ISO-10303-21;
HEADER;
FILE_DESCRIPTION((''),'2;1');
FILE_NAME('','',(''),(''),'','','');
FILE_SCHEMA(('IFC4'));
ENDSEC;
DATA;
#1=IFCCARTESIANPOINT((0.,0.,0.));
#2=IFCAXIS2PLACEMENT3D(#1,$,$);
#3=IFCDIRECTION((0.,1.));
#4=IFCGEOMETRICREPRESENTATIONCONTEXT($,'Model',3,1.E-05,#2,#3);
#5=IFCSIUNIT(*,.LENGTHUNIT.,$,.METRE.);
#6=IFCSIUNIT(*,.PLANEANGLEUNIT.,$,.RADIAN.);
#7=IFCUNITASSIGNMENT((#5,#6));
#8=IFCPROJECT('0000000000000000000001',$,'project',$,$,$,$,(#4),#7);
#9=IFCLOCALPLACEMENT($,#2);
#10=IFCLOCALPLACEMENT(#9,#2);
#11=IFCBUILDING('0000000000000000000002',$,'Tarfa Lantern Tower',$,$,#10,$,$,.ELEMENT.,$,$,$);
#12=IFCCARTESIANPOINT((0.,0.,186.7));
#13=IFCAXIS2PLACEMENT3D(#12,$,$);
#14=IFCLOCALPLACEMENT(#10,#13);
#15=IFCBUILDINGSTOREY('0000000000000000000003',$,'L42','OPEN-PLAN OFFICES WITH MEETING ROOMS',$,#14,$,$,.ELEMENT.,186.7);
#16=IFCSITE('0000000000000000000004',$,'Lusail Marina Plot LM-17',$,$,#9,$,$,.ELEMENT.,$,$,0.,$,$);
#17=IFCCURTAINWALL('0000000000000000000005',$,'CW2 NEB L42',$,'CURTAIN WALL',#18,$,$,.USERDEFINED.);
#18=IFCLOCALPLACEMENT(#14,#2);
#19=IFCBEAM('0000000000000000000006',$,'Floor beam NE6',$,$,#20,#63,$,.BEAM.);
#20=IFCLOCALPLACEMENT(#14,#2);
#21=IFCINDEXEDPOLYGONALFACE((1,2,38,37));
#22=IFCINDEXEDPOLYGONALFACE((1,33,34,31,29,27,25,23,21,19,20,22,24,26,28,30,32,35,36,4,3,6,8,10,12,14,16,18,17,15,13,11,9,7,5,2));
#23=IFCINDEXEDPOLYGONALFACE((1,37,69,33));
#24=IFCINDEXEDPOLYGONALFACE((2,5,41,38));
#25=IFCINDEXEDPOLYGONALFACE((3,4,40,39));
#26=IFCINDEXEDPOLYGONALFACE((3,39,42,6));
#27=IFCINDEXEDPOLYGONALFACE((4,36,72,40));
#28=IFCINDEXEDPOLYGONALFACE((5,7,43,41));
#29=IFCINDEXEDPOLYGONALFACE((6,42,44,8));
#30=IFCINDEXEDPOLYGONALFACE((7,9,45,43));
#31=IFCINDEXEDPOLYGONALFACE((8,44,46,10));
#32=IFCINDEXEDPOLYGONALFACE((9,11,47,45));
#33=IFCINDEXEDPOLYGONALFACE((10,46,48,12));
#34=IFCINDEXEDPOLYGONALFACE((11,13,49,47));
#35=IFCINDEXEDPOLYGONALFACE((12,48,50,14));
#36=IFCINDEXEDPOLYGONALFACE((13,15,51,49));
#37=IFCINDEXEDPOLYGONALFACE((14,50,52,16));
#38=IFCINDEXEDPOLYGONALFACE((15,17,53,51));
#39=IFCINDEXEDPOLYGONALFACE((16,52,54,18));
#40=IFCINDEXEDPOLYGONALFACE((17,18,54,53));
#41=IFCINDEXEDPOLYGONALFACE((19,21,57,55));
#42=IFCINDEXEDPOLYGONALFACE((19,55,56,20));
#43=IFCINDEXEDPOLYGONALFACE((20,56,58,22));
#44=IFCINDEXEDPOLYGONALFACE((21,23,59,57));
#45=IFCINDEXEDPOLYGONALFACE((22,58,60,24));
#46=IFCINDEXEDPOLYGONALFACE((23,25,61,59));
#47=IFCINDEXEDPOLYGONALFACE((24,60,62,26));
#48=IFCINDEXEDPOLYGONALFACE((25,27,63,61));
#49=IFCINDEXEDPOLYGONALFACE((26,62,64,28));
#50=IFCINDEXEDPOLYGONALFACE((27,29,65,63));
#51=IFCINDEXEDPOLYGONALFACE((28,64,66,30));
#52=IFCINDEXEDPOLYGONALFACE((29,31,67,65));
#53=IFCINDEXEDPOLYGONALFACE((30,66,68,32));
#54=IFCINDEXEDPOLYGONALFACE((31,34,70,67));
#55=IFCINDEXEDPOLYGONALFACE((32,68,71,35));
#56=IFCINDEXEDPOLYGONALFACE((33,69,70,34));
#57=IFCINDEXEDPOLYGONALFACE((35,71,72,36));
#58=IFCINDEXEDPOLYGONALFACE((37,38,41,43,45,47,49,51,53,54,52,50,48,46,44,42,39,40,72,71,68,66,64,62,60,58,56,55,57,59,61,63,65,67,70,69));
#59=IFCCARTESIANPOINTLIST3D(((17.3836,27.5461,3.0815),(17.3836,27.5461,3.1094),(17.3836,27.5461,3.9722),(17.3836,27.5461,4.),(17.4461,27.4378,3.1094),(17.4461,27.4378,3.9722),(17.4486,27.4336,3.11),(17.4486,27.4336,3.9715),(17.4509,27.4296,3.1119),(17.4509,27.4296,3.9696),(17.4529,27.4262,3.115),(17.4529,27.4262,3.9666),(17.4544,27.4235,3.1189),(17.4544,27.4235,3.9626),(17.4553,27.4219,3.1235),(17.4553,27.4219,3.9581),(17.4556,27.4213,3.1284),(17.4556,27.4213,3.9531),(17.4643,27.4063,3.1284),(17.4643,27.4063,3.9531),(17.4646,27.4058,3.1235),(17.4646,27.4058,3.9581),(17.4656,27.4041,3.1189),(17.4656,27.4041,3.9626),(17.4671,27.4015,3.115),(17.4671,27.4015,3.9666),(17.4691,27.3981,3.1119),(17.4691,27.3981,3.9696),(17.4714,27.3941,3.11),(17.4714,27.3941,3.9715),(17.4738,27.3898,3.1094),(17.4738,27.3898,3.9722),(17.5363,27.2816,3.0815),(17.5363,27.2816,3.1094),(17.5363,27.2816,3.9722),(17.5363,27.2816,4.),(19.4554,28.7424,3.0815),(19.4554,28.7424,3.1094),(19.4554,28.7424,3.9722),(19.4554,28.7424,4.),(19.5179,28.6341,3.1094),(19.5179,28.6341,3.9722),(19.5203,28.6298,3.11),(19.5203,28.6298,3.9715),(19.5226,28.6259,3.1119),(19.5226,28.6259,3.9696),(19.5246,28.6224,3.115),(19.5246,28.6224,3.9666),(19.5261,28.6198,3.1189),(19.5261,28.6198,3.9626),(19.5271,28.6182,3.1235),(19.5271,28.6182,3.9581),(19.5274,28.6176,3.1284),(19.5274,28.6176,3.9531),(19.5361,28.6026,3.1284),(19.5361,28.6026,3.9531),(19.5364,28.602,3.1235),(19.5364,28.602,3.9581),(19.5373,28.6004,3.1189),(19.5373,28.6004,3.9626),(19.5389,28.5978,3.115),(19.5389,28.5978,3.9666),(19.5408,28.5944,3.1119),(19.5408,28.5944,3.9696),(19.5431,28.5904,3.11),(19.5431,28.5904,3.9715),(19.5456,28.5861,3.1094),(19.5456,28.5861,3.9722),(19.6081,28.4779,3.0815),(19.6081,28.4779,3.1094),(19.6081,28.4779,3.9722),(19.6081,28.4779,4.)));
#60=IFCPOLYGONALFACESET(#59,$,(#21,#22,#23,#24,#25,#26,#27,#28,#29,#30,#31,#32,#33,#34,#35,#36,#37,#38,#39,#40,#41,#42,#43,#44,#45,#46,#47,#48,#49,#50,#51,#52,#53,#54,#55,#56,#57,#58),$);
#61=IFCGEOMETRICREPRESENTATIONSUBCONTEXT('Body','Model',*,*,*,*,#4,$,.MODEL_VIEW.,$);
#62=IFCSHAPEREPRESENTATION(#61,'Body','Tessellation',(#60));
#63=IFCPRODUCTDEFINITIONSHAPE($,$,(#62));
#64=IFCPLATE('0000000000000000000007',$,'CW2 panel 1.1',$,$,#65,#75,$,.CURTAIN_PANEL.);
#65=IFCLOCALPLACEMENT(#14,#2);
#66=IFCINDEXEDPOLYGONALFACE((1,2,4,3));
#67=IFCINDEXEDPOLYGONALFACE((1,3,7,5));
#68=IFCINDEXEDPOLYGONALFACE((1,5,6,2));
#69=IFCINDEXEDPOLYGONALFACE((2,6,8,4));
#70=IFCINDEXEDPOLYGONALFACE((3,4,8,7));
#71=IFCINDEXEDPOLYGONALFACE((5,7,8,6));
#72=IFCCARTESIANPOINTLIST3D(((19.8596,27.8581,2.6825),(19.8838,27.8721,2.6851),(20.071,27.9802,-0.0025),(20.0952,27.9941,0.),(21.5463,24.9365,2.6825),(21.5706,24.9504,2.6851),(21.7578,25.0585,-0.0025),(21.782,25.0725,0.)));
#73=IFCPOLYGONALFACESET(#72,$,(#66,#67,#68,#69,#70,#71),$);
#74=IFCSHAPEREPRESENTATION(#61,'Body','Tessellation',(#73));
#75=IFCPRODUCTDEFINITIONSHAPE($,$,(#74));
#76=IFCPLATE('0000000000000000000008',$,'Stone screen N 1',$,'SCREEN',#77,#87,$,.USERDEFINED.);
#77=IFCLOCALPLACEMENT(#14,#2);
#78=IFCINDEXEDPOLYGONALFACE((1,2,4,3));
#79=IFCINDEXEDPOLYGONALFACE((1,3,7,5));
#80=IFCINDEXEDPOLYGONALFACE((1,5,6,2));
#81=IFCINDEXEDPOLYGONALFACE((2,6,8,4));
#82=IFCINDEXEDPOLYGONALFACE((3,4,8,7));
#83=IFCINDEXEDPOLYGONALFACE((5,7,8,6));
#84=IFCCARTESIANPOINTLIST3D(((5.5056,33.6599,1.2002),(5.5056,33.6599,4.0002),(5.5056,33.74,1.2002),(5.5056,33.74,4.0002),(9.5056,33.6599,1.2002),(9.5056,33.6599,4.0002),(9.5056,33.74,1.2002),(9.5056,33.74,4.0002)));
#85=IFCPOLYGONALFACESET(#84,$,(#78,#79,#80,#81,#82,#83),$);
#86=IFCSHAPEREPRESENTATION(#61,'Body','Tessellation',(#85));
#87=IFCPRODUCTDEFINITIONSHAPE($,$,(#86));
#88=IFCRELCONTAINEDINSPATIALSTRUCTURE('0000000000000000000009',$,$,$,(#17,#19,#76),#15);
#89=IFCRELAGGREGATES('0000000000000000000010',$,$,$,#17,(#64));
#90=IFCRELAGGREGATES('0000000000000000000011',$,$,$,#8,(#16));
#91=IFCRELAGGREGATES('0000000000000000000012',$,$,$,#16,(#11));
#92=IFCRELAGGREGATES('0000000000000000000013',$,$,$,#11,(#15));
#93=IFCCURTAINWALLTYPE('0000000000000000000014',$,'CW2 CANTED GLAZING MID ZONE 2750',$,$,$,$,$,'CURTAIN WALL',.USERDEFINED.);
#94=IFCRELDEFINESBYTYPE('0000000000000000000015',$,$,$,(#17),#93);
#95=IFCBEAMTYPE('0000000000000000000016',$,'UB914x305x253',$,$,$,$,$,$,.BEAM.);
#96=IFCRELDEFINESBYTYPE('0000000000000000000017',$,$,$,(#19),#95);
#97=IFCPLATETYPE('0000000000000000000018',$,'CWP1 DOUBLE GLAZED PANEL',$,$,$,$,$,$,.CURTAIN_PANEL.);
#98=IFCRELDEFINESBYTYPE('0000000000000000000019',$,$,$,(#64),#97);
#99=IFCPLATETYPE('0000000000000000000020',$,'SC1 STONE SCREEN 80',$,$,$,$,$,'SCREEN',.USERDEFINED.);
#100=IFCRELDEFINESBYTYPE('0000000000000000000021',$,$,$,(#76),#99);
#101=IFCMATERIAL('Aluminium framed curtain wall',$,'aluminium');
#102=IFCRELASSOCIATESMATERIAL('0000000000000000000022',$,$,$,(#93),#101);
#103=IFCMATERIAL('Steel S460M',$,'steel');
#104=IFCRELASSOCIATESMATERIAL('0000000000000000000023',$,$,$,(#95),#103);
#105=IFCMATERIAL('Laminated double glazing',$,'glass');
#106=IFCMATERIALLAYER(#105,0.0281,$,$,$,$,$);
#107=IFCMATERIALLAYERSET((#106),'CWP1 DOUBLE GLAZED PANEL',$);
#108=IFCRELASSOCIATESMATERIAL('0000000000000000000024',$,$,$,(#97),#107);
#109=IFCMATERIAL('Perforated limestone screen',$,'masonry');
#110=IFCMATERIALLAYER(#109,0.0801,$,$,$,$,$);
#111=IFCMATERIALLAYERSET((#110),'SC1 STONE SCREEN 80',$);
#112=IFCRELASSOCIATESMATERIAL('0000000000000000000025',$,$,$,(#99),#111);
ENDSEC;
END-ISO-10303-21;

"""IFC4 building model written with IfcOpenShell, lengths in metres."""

from ifc_helpers import new_model, si_unit, direction, frame, origin, origin_2d, place, context, subcontext, project, spatial, polyline, rectangle, i_section, outline, extrude, material, layer, layer_set, material_profile, profile_set, type_object, element, aggregate, save


model = new_model("IFC4")

# Units and contexts
model_context = context("Model", 3, precision=1e-05, world=origin(), true_north=direction((0.0, 1.0)))
body_context = subcontext(model_context, "Body", "Model", "MODEL_VIEW")
ifc_project = project(units=[si_unit("LENGTHUNIT", "METRE"), si_unit("PLANEANGLEUNIT", "RADIAN")], contexts=[model_context])

# Site, building, storey
site_placement = place(None, origin())
site = spatial("IfcSite", under=ifc_project, at=site_placement, Name="Lusail Marina Plot LM-17", CompositionType="ELEMENT", RefElevation=0.0)
building_placement = place(site_placement, origin())
building = spatial("IfcBuilding", under=site, at=building_placement, Name="Tarfa Lantern Tower", CompositionType="ELEMENT")
storey_placement = place(building_placement, frame((0.0, 0.0, 186.7)))
storey = spatial("IfcBuildingStorey", under=building, at=storey_placement, Name="L42", Description="OPEN-PLAN OFFICES WITH MEETING ROOMS", CompositionType="ELEMENT", Elevation=186.7)

# Shared definitions
ifc_material_1 = material(Name="Aluminium framed curtain wall", Category="aluminium")
curtain_wall_type = type_object("IfcCurtainWallType", Name="CW2 CANTED GLAZING MID ZONE 2750", ElementType="CURTAIN WALL", PredefinedType="USERDEFINED", material=ifc_material_1)

# Curtain wall
curtain_wall_1_placement = place(storey_placement, origin())
curtain_wall_1 = element("IfcCurtainWall", 1, at=curtain_wall_1_placement, inside=storey, type_object=curtain_wall_type, Name="CW2 NEB L42", ObjectType="CURTAIN WALL", PredefinedType="USERDEFINED")

# Beam
ifc_material_2 = material(Name="Steel S460M", Category="steel")
ifc_material_profile_1 = material_profile(ifc_material_2, i_section(OverallWidth=0.3054, OverallDepth=0.9185, WebThickness=0.0173, FlangeThickness=0.0278, FilletRadius=0.019, at=origin_2d()), Name="UB914x305x253")
ifc_profile_set_1 = profile_set([ifc_material_profile_1], Name="Steel S460M")
beam_type_1 = type_object("IfcBeamType", Name="UB914x305x253", PredefinedType="BEAM", material=ifc_profile_set_1)
beam_1_placement = place(storey_placement, frame((19.5317, 28.6101, 3.5408), z_axis=(-0.865999, -0.500046, 0.0), x_axis=(0.500046, -0.865999, 0.0)))
element("IfcBeam", 2, at=beam_1_placement, inside=storey, type_object=beam_type_1, Name="Floor beam NE6", PredefinedType="BEAM", context=body_context, shape_type="SweptSolid", body=[
    extrude(i_section(OverallWidth=0.3054, OverallDepth=0.9185, WebThickness=0.0173, FlangeThickness=0.0278, FilletRadius=0.019, at=origin_2d()), origin(), (0.0, 0.0, 1.0), 2.3923),
])

# Plates
ifc_material_3 = material(Name="Laminated double glazing", Category="glass")
ifc_layer_1 = layer(ifc_material_3, 0.0281)
ifc_layer_set_1 = layer_set([ifc_layer_1], Name="CWP1 DOUBLE GLAZED PANEL")
plate_type_1 = type_object("IfcPlateType", Name="CWP1 DOUBLE GLAZED PANEL", PredefinedType="CURTAIN_PANEL", material=ifc_layer_set_1)
plate_1_placement = place(storey_placement, frame((21.782, 25.0725, 0.0), z_axis=(0.862472, 0.497938, 0.09055), x_axis=(-0.499992, 0.86603, 0.0)))
plate_1 = element("IfcPlate", 3, at=plate_1_placement, type_object=plate_type_1, Name="CW2 panel 1.1", PredefinedType="CURTAIN_PANEL", context=body_context, shape_type="SweptSolid", body=[
    extrude(outline(polyline([(0.0, 0.0), (3.3736, 0.0), (3.3736, 2.6961), (0.0, 2.6961), (0.0, 0.0)])), origin(), (0.0, 0.0, -1.0), 0.0281),
])
aggregate(curtain_wall_1, [plate_1])
ifc_material_4 = material(Name="Perforated limestone screen", Category="masonry")
ifc_layer_2 = layer(ifc_material_4, 0.0801)
ifc_layer_set_2 = layer_set([ifc_layer_2], Name="SC1 STONE SCREEN 80")
plate_type_2 = type_object("IfcPlateType", Name="SC1 STONE SCREEN 80", ElementType="SCREEN", PredefinedType="USERDEFINED", material=ifc_layer_set_2)
plate_2_placement = place(storey_placement, frame((7.5056, 33.7, 1.2002), z_axis=(0.0, 0.0, 1.0), x_axis=(-1.0, 0.0, 0.0)))
element("IfcPlate", 4, at=plate_2_placement, inside=storey, type_object=plate_type_2, Name="Stone screen N 1", ObjectType="SCREEN", PredefinedType="USERDEFINED", context=body_context, shape_type="SweptSolid", body=[
    extrude(rectangle(XDim=4.0, YDim=0.0801, at=origin_2d()), origin(), (0.0, 0.0, 1.0), 2.8),
])

save(model, "model.ifc")
